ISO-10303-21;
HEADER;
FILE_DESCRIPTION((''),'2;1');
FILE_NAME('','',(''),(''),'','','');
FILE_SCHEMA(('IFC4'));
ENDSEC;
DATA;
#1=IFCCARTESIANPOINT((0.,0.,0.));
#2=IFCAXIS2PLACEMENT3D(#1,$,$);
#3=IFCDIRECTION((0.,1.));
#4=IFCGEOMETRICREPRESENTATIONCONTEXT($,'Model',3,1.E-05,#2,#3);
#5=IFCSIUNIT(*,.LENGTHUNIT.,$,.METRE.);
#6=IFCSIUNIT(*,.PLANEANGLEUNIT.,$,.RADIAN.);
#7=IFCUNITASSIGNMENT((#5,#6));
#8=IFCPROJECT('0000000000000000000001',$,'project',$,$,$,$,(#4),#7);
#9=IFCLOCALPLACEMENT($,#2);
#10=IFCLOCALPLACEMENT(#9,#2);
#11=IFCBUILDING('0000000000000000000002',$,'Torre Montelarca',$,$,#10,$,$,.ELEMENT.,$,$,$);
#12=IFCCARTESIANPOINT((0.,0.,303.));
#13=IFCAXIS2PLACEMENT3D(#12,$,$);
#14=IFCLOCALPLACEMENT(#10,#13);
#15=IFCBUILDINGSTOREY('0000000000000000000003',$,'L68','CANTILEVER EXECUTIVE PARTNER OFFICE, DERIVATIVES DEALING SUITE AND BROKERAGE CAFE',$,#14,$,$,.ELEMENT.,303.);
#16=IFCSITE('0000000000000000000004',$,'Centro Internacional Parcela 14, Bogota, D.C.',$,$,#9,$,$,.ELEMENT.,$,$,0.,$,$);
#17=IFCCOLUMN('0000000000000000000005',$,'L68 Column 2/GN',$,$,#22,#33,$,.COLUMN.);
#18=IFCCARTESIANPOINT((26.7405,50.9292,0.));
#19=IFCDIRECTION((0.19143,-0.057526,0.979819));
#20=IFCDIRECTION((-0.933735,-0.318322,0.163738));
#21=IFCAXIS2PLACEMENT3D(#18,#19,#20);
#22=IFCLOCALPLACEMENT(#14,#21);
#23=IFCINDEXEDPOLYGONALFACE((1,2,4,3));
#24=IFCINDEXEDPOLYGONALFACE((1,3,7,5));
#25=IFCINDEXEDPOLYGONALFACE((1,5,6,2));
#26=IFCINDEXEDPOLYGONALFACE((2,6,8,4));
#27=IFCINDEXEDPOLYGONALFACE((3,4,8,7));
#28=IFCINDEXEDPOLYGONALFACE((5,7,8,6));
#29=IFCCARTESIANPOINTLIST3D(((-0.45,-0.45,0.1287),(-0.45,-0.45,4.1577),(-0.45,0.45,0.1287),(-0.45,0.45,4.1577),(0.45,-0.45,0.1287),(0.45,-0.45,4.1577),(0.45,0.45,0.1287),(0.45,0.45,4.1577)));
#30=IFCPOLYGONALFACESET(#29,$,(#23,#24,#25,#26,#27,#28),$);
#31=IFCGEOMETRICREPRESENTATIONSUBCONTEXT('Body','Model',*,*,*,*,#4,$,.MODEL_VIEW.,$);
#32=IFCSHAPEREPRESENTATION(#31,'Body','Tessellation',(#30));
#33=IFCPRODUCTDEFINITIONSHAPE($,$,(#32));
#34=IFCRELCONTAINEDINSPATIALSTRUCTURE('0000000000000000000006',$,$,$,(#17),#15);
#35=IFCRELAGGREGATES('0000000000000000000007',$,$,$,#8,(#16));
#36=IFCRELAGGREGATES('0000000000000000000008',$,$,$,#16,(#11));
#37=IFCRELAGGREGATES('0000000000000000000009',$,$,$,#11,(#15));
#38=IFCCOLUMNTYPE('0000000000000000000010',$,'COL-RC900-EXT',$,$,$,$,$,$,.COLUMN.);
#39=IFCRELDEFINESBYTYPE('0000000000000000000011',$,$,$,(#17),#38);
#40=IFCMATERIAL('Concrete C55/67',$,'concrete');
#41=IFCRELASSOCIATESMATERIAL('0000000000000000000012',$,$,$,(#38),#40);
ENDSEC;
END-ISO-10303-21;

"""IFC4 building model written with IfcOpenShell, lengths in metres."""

from ifc_helpers import new_model, si_unit, direction, frame, origin, origin_2d, place, context, subcontext, project, spatial, rectangle, extrude, clip, halfspace, material, material_profile, profile_set, type_object, element, save


model = new_model("IFC4")

# Units and contexts
model_context = context("Model", 3, precision=1e-05, world=origin(), true_north=direction((0.0, 1.0)))
body_context = subcontext(model_context, "Body", "Model", "MODEL_VIEW")
ifc_project = project(units=[si_unit("LENGTHUNIT", "METRE"), si_unit("PLANEANGLEUNIT", "RADIAN")], contexts=[model_context])

# Site, building, storey
site_placement = place(None, origin())
site = spatial("IfcSite", under=ifc_project, at=site_placement, Name="Centro Internacional Parcela 14, Bogota, D.C.", CompositionType="ELEMENT", RefElevation=0.0)
building_placement = place(site_placement, origin())
building = spatial("IfcBuilding", under=site, at=building_placement, Name="Torre Montelarca", CompositionType="ELEMENT")
storey_placement = place(building_placement, frame((0.0, 0.0, 303.0)))
storey = spatial("IfcBuildingStorey", under=building, at=storey_placement, Name="L68", Description="CANTILEVER EXECUTIVE PARTNER OFFICE, DERIVATIVES DEALING SUITE AND BROKERAGE CAFE", CompositionType="ELEMENT", Elevation=303.0)

# Column
ifc_material_1 = material(Name="Concrete C55/67", Category="concrete")
ifc_material_profile_1 = material_profile(ifc_material_1, rectangle(XDim=0.8999, YDim=0.8999, at=origin_2d()), Name="RC900X900", Category="concrete")
ifc_profile_set_1 = profile_set([ifc_material_profile_1], Name="Concrete C55/67")
column_type = type_object("IfcColumnType", Name="COL-RC900-EXT", PredefinedType="COLUMN", material=ifc_profile_set_1)
column_placement = place(storey_placement, frame((26.7405, 50.9292, 0.0), z_axis=(0.19143, -0.057526, 0.979819), x_axis=(-0.933735, -0.318322, 0.163738)))
element("IfcColumn", 1, at=column_placement, inside=storey, type_object=column_type, Name="L68 Column 2/GN", PredefinedType="COLUMN", context=body_context, shape_type="Clipping", body=[
    clip(clip(extrude(rectangle(XDim=0.8999, YDim=0.8999, at=origin_2d()), origin(), (0.0, 0.0, 1.0), 4.2864), halfspace(frame((0.0, 0.0, 0.1287), z_axis=(0.0, 0.0, -1.0), x_axis=(1.0, 0.0, 0.0)), False)), halfspace(frame((0.0, 0.0, 4.1577), z_axis=(0.0, 0.0, 1.0), x_axis=(1.0, 0.0, 0.0)), False)),
])

save(model, "model.ifc")
